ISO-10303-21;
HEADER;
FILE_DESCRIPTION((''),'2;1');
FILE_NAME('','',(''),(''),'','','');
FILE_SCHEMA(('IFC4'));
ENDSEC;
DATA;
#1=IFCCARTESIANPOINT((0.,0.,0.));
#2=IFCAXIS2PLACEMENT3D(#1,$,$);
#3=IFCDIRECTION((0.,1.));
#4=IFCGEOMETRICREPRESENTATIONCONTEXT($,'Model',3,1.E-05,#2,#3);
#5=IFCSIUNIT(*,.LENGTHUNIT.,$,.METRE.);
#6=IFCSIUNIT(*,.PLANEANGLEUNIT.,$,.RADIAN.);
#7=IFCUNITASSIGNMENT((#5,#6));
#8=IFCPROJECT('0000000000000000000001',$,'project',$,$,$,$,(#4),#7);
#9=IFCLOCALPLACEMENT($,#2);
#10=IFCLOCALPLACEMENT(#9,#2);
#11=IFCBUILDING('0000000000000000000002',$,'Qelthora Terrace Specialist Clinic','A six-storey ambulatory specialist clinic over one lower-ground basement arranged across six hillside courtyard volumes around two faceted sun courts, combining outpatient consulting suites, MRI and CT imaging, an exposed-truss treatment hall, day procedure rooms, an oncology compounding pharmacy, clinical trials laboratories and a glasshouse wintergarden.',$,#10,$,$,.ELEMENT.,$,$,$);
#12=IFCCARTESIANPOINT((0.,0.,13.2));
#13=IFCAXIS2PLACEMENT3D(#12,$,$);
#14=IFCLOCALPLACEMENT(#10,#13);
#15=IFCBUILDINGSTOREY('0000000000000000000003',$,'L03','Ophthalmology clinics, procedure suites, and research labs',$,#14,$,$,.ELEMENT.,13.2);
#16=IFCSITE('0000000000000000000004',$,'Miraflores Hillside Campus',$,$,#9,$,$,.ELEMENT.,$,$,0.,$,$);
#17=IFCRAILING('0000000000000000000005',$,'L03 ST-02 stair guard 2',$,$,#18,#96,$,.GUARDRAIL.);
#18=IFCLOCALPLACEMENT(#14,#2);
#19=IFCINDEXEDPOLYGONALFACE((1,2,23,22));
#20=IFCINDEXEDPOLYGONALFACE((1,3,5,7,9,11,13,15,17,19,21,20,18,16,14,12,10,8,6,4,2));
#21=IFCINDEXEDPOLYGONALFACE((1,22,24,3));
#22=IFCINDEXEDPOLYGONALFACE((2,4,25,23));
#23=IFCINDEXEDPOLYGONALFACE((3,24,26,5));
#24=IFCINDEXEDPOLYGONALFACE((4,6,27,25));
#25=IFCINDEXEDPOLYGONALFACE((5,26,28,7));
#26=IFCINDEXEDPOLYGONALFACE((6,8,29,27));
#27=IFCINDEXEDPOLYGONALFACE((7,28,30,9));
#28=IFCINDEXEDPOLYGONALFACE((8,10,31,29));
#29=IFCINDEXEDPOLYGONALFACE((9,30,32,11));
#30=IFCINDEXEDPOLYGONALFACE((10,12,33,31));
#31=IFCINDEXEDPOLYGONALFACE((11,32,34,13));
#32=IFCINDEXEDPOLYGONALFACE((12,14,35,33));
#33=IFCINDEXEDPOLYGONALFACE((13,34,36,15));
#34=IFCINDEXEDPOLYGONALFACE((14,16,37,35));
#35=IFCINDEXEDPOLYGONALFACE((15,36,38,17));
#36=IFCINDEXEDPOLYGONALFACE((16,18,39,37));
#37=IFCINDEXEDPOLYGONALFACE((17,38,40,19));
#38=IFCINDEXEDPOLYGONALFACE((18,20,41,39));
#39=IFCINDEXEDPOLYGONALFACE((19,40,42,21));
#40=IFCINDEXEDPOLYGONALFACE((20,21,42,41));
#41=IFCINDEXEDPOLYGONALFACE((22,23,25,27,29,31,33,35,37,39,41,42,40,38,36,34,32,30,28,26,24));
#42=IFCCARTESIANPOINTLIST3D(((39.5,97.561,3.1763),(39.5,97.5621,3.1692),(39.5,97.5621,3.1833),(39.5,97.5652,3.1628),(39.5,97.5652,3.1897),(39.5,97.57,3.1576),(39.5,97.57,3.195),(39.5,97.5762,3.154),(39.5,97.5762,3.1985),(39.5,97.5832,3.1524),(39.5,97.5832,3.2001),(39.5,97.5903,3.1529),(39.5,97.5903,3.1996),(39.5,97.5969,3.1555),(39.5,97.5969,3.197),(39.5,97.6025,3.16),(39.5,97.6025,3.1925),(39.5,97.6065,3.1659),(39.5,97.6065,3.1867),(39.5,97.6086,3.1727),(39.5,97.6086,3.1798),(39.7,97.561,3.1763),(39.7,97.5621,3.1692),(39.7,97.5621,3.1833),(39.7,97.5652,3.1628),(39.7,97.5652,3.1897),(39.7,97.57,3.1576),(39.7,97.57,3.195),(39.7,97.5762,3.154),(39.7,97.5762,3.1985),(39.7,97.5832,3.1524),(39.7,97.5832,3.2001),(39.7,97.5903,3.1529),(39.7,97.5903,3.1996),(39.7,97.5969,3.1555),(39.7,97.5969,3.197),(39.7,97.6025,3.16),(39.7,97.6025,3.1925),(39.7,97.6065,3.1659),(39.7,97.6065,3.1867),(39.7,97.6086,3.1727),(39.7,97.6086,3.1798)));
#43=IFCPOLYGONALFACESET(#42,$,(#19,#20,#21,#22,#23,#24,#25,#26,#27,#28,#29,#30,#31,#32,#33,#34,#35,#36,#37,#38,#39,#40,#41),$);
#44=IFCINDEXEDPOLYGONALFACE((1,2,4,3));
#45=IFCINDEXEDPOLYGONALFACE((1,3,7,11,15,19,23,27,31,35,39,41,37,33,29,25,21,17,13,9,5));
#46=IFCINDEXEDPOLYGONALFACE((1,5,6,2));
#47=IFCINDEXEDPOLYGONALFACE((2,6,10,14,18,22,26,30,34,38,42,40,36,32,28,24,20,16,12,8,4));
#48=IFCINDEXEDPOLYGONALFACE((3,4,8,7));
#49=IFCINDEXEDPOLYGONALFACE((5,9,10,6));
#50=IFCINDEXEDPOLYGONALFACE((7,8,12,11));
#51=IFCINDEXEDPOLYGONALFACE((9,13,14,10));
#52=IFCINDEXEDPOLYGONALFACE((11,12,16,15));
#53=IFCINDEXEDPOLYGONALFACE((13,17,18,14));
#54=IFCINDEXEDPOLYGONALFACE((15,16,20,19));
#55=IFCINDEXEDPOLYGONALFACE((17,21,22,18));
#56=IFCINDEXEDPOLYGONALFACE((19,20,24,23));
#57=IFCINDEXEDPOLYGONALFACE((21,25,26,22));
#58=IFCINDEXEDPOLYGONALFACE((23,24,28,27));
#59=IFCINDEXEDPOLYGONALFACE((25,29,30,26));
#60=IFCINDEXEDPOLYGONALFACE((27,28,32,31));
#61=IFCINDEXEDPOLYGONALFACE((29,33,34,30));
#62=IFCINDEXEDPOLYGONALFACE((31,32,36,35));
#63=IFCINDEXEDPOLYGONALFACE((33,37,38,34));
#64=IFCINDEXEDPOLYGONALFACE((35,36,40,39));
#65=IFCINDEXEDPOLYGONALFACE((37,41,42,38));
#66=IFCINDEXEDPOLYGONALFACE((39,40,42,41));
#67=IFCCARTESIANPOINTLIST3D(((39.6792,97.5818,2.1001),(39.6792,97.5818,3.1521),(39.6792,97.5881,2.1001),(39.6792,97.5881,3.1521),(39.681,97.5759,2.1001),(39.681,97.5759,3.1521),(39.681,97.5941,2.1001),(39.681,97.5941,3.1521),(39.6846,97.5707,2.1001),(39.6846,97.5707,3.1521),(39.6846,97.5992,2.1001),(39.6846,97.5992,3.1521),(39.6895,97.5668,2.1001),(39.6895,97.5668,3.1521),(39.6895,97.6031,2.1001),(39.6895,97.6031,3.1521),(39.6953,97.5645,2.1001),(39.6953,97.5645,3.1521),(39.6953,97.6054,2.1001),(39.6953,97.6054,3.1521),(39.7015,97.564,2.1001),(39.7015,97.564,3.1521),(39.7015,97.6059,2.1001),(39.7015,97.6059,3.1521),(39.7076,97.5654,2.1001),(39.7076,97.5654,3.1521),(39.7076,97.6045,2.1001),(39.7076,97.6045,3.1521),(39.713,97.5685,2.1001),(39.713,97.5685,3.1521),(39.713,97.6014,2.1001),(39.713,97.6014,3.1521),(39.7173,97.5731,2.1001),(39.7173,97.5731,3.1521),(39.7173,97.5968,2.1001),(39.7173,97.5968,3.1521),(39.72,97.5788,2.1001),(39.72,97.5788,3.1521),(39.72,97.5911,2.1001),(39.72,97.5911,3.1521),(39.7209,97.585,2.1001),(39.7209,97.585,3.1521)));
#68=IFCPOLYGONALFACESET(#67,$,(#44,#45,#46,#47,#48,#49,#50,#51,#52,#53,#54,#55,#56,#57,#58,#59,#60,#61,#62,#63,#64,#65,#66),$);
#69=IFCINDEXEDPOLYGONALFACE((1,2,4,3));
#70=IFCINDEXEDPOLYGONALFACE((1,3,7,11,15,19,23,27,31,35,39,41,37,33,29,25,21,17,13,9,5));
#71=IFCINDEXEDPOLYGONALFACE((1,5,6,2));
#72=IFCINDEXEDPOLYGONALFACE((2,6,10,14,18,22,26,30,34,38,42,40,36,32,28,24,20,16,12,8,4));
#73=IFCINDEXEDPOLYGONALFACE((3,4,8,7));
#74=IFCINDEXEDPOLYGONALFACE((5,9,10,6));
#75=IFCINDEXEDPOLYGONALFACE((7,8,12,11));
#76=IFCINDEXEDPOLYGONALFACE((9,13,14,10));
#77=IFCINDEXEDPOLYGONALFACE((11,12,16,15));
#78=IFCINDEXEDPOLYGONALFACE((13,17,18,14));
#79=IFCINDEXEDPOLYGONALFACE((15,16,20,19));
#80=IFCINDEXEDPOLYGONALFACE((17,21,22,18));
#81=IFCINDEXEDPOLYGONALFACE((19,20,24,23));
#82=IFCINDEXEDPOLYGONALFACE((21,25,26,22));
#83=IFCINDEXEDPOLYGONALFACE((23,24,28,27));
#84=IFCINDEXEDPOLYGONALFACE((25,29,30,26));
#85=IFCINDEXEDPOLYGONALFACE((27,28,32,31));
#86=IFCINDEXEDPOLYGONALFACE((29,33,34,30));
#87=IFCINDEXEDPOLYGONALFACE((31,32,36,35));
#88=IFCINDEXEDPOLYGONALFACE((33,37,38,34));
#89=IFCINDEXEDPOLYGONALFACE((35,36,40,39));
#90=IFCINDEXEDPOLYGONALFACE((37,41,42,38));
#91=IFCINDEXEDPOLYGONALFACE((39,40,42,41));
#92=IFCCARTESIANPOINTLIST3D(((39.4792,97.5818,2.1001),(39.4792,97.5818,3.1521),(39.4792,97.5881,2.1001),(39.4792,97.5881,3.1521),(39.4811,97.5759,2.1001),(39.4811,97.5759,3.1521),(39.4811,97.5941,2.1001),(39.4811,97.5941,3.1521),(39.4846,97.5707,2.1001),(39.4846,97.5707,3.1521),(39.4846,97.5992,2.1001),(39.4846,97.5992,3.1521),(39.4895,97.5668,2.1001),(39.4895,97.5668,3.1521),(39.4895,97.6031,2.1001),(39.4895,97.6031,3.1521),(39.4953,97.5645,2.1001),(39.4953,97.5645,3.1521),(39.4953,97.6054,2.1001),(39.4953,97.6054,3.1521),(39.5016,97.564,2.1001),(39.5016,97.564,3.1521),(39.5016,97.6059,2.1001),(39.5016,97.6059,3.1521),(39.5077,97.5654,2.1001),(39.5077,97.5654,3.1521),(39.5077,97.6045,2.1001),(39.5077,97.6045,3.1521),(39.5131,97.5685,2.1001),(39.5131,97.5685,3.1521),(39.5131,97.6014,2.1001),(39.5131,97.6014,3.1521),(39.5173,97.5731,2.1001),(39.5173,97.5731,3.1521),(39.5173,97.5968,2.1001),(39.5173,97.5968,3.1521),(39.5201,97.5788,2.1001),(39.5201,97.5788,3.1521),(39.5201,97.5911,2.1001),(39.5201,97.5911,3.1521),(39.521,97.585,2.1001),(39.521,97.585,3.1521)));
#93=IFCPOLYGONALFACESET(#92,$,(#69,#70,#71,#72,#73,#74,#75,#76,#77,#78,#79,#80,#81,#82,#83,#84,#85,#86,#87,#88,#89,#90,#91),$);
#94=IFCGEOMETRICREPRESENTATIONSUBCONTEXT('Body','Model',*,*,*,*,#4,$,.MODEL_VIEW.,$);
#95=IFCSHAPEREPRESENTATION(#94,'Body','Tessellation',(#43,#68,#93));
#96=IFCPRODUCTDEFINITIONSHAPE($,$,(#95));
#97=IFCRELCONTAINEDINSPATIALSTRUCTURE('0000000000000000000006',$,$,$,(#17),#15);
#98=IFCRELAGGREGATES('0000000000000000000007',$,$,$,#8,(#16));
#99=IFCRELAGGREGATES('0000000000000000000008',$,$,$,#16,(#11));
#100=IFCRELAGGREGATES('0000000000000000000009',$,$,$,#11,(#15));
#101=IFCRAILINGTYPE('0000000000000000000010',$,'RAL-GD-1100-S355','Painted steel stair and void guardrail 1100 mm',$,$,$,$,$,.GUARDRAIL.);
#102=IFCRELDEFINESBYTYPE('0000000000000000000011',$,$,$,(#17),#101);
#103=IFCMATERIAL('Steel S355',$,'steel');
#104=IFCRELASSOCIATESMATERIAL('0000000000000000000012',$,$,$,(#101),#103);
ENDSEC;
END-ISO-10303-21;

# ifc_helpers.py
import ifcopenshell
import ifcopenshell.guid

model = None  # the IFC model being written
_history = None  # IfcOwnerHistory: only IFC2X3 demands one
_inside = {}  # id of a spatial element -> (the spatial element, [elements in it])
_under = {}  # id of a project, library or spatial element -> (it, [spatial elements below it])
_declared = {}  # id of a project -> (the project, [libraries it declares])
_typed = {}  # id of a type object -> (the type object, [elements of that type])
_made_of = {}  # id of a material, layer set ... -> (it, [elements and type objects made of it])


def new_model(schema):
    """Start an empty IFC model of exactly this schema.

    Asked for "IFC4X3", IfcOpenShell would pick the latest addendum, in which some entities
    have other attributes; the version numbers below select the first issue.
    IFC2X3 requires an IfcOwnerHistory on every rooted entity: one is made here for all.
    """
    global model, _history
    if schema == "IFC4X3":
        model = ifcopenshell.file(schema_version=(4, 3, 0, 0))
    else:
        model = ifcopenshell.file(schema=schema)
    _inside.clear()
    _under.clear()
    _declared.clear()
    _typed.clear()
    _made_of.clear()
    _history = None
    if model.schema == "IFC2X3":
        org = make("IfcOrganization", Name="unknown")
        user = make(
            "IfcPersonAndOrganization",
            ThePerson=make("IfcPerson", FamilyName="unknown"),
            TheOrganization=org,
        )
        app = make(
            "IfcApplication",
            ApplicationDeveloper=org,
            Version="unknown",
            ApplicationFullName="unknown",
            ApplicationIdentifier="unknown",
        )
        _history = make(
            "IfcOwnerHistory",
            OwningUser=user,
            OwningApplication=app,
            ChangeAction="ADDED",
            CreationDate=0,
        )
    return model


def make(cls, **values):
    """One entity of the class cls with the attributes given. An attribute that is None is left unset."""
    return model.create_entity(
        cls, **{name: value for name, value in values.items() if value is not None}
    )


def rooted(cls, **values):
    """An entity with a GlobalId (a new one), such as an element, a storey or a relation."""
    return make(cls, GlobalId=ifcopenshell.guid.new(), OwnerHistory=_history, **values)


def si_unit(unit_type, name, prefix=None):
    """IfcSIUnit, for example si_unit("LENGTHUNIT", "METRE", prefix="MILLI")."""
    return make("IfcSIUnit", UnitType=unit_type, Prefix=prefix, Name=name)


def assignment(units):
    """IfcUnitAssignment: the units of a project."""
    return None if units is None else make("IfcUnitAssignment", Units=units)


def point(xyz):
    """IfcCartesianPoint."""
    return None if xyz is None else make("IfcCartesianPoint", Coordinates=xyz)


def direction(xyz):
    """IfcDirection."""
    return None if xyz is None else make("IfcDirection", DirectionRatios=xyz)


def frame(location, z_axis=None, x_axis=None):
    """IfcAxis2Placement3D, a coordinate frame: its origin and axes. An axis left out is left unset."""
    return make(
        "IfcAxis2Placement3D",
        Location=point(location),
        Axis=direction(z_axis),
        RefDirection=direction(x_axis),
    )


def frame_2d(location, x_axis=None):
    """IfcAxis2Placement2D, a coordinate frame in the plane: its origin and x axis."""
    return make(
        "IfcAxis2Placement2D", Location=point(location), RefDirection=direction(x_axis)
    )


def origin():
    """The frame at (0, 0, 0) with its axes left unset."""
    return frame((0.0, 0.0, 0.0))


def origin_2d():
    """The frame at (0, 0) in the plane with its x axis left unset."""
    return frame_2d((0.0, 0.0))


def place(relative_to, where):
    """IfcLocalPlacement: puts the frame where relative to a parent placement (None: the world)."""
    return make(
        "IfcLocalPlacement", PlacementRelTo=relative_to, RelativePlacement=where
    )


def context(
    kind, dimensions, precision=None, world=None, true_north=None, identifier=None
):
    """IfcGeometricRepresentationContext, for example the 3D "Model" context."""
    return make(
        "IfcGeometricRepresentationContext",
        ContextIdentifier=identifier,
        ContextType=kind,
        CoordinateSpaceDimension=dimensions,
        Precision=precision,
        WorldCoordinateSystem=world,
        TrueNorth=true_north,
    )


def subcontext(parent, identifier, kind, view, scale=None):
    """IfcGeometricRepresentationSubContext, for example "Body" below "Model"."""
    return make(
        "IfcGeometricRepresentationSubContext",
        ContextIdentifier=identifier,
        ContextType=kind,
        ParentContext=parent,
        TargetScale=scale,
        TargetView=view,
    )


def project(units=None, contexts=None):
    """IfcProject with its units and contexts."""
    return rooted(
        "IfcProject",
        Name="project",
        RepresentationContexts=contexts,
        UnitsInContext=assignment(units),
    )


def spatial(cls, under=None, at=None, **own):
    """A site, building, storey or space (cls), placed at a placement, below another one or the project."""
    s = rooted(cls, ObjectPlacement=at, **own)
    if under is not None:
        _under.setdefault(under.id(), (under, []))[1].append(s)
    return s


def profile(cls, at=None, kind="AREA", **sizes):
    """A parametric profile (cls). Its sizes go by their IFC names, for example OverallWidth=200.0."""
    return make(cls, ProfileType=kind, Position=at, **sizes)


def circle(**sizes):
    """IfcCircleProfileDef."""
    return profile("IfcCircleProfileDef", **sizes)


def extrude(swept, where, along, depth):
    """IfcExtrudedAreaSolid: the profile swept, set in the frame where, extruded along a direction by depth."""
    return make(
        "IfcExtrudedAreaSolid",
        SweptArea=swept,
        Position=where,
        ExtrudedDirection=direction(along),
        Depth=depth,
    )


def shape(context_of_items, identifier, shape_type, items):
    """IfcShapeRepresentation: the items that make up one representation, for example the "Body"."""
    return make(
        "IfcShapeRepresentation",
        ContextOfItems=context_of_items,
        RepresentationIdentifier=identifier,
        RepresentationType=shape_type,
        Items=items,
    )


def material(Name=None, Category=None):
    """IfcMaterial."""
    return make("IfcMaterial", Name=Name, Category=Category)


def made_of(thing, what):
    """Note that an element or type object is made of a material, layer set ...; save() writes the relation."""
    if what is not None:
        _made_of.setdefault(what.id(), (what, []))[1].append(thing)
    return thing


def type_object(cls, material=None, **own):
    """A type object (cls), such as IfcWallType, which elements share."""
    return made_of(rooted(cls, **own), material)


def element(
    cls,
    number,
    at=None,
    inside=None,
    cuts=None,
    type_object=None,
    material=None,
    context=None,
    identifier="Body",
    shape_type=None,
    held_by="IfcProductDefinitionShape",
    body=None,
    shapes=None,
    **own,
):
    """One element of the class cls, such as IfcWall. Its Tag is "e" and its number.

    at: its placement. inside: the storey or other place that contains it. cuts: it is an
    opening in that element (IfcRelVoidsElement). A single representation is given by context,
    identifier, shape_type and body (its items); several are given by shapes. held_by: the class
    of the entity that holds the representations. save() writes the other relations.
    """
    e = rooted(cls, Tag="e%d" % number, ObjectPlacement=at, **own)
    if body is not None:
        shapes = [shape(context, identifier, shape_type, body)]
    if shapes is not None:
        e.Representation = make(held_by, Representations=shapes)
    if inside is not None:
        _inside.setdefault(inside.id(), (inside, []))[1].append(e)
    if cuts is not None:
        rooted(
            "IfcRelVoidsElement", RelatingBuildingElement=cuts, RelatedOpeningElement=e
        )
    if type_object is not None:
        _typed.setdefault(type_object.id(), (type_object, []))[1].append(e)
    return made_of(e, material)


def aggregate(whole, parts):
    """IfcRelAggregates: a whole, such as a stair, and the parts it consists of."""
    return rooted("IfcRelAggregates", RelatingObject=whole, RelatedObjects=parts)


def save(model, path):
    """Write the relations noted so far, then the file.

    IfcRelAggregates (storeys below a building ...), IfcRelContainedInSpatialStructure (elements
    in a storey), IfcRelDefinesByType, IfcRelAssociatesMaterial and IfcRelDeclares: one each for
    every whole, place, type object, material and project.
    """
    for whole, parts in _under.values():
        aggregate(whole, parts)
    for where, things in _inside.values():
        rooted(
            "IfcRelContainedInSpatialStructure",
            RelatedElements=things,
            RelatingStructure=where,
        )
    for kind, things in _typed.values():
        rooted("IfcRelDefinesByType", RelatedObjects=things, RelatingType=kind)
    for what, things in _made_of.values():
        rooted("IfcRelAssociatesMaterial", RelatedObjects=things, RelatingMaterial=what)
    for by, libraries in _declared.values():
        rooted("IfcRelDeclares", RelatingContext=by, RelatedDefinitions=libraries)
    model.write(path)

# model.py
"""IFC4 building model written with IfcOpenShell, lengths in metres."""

from ifc_helpers import new_model, si_unit, direction, frame, origin, origin_2d, place, context, subcontext, project, spatial, circle, extrude, material, type_object, element, save


model = new_model("IFC4")

# Units and contexts
model_context = context("Model", 3, precision=1e-05, world=origin(), true_north=direction((0.0, 1.0)))
body_context = subcontext(model_context, "Body", "Model", "MODEL_VIEW")
ifc_project = project(units=[si_unit("LENGTHUNIT", "METRE"), si_unit("PLANEANGLEUNIT", "RADIAN")], contexts=[model_context])

# Site, building, storey
site_placement = place(None, origin())
site = spatial("IfcSite", under=ifc_project, at=site_placement, Name="Miraflores Hillside Campus", CompositionType="ELEMENT", RefElevation=0.0)
building_placement = place(site_placement, origin())
building = spatial("IfcBuilding", under=site, at=building_placement, Name="Qelthora Terrace Specialist Clinic", Description="A six-storey ambulatory specialist clinic over one lower-ground basement arranged across six hillside courtyard volumes around two faceted sun courts, combining outpatient consulting suites, MRI and CT imaging, an exposed-truss treatment hall, day procedure rooms, an oncology compounding pharmacy, clinical trials laboratories and a glasshouse wintergarden.", CompositionType="ELEMENT")
storey_placement = place(building_placement, frame((0.0, 0.0, 13.2)))
storey = spatial("IfcBuildingStorey", under=building, at=storey_placement, Name="L03", Description="Ophthalmology clinics, procedure suites, and research labs", CompositionType="ELEMENT", Elevation=13.2)

# Shared definitions
ifc_material_1 = material(Name="Steel S355", Category="steel")

# Railing
railing_type_1 = type_object("IfcRailingType", Name="RAL-GD-1100-S355", Description="Painted steel stair and void guardrail 1100 mm", PredefinedType="GUARDRAIL", material=ifc_material_1)
railing_1_placement = place(storey_placement, frame((39.7, 97.585, 2.1001)))
element("IfcRailing", 1, at=railing_1_placement, inside=storey, type_object=railing_type_1, Name="L03 ST-02 stair guard 2", PredefinedType="GUARDRAIL", context=body_context, shape_type="SweptSolid", body=[
    extrude(circle(Radius=0.0239, at=origin_2d()), frame((0.0, 0.0, 1.0762), z_axis=(-1.0, 0.0, 0.0), x_axis=(0.0, -1.0, 0.0)), (0.0, 0.0, 1.0), 0.2),
    extrude(circle(Radius=0.021, at=origin_2d()), origin(), (0.0, 0.0, 1.0), 1.052),
    extrude(circle(Radius=0.021, at=origin_2d()), frame((-0.2, 0.0, 0.0)), (0.0, 0.0, 1.0), 1.052),
])

save(model, "model.ifc")
